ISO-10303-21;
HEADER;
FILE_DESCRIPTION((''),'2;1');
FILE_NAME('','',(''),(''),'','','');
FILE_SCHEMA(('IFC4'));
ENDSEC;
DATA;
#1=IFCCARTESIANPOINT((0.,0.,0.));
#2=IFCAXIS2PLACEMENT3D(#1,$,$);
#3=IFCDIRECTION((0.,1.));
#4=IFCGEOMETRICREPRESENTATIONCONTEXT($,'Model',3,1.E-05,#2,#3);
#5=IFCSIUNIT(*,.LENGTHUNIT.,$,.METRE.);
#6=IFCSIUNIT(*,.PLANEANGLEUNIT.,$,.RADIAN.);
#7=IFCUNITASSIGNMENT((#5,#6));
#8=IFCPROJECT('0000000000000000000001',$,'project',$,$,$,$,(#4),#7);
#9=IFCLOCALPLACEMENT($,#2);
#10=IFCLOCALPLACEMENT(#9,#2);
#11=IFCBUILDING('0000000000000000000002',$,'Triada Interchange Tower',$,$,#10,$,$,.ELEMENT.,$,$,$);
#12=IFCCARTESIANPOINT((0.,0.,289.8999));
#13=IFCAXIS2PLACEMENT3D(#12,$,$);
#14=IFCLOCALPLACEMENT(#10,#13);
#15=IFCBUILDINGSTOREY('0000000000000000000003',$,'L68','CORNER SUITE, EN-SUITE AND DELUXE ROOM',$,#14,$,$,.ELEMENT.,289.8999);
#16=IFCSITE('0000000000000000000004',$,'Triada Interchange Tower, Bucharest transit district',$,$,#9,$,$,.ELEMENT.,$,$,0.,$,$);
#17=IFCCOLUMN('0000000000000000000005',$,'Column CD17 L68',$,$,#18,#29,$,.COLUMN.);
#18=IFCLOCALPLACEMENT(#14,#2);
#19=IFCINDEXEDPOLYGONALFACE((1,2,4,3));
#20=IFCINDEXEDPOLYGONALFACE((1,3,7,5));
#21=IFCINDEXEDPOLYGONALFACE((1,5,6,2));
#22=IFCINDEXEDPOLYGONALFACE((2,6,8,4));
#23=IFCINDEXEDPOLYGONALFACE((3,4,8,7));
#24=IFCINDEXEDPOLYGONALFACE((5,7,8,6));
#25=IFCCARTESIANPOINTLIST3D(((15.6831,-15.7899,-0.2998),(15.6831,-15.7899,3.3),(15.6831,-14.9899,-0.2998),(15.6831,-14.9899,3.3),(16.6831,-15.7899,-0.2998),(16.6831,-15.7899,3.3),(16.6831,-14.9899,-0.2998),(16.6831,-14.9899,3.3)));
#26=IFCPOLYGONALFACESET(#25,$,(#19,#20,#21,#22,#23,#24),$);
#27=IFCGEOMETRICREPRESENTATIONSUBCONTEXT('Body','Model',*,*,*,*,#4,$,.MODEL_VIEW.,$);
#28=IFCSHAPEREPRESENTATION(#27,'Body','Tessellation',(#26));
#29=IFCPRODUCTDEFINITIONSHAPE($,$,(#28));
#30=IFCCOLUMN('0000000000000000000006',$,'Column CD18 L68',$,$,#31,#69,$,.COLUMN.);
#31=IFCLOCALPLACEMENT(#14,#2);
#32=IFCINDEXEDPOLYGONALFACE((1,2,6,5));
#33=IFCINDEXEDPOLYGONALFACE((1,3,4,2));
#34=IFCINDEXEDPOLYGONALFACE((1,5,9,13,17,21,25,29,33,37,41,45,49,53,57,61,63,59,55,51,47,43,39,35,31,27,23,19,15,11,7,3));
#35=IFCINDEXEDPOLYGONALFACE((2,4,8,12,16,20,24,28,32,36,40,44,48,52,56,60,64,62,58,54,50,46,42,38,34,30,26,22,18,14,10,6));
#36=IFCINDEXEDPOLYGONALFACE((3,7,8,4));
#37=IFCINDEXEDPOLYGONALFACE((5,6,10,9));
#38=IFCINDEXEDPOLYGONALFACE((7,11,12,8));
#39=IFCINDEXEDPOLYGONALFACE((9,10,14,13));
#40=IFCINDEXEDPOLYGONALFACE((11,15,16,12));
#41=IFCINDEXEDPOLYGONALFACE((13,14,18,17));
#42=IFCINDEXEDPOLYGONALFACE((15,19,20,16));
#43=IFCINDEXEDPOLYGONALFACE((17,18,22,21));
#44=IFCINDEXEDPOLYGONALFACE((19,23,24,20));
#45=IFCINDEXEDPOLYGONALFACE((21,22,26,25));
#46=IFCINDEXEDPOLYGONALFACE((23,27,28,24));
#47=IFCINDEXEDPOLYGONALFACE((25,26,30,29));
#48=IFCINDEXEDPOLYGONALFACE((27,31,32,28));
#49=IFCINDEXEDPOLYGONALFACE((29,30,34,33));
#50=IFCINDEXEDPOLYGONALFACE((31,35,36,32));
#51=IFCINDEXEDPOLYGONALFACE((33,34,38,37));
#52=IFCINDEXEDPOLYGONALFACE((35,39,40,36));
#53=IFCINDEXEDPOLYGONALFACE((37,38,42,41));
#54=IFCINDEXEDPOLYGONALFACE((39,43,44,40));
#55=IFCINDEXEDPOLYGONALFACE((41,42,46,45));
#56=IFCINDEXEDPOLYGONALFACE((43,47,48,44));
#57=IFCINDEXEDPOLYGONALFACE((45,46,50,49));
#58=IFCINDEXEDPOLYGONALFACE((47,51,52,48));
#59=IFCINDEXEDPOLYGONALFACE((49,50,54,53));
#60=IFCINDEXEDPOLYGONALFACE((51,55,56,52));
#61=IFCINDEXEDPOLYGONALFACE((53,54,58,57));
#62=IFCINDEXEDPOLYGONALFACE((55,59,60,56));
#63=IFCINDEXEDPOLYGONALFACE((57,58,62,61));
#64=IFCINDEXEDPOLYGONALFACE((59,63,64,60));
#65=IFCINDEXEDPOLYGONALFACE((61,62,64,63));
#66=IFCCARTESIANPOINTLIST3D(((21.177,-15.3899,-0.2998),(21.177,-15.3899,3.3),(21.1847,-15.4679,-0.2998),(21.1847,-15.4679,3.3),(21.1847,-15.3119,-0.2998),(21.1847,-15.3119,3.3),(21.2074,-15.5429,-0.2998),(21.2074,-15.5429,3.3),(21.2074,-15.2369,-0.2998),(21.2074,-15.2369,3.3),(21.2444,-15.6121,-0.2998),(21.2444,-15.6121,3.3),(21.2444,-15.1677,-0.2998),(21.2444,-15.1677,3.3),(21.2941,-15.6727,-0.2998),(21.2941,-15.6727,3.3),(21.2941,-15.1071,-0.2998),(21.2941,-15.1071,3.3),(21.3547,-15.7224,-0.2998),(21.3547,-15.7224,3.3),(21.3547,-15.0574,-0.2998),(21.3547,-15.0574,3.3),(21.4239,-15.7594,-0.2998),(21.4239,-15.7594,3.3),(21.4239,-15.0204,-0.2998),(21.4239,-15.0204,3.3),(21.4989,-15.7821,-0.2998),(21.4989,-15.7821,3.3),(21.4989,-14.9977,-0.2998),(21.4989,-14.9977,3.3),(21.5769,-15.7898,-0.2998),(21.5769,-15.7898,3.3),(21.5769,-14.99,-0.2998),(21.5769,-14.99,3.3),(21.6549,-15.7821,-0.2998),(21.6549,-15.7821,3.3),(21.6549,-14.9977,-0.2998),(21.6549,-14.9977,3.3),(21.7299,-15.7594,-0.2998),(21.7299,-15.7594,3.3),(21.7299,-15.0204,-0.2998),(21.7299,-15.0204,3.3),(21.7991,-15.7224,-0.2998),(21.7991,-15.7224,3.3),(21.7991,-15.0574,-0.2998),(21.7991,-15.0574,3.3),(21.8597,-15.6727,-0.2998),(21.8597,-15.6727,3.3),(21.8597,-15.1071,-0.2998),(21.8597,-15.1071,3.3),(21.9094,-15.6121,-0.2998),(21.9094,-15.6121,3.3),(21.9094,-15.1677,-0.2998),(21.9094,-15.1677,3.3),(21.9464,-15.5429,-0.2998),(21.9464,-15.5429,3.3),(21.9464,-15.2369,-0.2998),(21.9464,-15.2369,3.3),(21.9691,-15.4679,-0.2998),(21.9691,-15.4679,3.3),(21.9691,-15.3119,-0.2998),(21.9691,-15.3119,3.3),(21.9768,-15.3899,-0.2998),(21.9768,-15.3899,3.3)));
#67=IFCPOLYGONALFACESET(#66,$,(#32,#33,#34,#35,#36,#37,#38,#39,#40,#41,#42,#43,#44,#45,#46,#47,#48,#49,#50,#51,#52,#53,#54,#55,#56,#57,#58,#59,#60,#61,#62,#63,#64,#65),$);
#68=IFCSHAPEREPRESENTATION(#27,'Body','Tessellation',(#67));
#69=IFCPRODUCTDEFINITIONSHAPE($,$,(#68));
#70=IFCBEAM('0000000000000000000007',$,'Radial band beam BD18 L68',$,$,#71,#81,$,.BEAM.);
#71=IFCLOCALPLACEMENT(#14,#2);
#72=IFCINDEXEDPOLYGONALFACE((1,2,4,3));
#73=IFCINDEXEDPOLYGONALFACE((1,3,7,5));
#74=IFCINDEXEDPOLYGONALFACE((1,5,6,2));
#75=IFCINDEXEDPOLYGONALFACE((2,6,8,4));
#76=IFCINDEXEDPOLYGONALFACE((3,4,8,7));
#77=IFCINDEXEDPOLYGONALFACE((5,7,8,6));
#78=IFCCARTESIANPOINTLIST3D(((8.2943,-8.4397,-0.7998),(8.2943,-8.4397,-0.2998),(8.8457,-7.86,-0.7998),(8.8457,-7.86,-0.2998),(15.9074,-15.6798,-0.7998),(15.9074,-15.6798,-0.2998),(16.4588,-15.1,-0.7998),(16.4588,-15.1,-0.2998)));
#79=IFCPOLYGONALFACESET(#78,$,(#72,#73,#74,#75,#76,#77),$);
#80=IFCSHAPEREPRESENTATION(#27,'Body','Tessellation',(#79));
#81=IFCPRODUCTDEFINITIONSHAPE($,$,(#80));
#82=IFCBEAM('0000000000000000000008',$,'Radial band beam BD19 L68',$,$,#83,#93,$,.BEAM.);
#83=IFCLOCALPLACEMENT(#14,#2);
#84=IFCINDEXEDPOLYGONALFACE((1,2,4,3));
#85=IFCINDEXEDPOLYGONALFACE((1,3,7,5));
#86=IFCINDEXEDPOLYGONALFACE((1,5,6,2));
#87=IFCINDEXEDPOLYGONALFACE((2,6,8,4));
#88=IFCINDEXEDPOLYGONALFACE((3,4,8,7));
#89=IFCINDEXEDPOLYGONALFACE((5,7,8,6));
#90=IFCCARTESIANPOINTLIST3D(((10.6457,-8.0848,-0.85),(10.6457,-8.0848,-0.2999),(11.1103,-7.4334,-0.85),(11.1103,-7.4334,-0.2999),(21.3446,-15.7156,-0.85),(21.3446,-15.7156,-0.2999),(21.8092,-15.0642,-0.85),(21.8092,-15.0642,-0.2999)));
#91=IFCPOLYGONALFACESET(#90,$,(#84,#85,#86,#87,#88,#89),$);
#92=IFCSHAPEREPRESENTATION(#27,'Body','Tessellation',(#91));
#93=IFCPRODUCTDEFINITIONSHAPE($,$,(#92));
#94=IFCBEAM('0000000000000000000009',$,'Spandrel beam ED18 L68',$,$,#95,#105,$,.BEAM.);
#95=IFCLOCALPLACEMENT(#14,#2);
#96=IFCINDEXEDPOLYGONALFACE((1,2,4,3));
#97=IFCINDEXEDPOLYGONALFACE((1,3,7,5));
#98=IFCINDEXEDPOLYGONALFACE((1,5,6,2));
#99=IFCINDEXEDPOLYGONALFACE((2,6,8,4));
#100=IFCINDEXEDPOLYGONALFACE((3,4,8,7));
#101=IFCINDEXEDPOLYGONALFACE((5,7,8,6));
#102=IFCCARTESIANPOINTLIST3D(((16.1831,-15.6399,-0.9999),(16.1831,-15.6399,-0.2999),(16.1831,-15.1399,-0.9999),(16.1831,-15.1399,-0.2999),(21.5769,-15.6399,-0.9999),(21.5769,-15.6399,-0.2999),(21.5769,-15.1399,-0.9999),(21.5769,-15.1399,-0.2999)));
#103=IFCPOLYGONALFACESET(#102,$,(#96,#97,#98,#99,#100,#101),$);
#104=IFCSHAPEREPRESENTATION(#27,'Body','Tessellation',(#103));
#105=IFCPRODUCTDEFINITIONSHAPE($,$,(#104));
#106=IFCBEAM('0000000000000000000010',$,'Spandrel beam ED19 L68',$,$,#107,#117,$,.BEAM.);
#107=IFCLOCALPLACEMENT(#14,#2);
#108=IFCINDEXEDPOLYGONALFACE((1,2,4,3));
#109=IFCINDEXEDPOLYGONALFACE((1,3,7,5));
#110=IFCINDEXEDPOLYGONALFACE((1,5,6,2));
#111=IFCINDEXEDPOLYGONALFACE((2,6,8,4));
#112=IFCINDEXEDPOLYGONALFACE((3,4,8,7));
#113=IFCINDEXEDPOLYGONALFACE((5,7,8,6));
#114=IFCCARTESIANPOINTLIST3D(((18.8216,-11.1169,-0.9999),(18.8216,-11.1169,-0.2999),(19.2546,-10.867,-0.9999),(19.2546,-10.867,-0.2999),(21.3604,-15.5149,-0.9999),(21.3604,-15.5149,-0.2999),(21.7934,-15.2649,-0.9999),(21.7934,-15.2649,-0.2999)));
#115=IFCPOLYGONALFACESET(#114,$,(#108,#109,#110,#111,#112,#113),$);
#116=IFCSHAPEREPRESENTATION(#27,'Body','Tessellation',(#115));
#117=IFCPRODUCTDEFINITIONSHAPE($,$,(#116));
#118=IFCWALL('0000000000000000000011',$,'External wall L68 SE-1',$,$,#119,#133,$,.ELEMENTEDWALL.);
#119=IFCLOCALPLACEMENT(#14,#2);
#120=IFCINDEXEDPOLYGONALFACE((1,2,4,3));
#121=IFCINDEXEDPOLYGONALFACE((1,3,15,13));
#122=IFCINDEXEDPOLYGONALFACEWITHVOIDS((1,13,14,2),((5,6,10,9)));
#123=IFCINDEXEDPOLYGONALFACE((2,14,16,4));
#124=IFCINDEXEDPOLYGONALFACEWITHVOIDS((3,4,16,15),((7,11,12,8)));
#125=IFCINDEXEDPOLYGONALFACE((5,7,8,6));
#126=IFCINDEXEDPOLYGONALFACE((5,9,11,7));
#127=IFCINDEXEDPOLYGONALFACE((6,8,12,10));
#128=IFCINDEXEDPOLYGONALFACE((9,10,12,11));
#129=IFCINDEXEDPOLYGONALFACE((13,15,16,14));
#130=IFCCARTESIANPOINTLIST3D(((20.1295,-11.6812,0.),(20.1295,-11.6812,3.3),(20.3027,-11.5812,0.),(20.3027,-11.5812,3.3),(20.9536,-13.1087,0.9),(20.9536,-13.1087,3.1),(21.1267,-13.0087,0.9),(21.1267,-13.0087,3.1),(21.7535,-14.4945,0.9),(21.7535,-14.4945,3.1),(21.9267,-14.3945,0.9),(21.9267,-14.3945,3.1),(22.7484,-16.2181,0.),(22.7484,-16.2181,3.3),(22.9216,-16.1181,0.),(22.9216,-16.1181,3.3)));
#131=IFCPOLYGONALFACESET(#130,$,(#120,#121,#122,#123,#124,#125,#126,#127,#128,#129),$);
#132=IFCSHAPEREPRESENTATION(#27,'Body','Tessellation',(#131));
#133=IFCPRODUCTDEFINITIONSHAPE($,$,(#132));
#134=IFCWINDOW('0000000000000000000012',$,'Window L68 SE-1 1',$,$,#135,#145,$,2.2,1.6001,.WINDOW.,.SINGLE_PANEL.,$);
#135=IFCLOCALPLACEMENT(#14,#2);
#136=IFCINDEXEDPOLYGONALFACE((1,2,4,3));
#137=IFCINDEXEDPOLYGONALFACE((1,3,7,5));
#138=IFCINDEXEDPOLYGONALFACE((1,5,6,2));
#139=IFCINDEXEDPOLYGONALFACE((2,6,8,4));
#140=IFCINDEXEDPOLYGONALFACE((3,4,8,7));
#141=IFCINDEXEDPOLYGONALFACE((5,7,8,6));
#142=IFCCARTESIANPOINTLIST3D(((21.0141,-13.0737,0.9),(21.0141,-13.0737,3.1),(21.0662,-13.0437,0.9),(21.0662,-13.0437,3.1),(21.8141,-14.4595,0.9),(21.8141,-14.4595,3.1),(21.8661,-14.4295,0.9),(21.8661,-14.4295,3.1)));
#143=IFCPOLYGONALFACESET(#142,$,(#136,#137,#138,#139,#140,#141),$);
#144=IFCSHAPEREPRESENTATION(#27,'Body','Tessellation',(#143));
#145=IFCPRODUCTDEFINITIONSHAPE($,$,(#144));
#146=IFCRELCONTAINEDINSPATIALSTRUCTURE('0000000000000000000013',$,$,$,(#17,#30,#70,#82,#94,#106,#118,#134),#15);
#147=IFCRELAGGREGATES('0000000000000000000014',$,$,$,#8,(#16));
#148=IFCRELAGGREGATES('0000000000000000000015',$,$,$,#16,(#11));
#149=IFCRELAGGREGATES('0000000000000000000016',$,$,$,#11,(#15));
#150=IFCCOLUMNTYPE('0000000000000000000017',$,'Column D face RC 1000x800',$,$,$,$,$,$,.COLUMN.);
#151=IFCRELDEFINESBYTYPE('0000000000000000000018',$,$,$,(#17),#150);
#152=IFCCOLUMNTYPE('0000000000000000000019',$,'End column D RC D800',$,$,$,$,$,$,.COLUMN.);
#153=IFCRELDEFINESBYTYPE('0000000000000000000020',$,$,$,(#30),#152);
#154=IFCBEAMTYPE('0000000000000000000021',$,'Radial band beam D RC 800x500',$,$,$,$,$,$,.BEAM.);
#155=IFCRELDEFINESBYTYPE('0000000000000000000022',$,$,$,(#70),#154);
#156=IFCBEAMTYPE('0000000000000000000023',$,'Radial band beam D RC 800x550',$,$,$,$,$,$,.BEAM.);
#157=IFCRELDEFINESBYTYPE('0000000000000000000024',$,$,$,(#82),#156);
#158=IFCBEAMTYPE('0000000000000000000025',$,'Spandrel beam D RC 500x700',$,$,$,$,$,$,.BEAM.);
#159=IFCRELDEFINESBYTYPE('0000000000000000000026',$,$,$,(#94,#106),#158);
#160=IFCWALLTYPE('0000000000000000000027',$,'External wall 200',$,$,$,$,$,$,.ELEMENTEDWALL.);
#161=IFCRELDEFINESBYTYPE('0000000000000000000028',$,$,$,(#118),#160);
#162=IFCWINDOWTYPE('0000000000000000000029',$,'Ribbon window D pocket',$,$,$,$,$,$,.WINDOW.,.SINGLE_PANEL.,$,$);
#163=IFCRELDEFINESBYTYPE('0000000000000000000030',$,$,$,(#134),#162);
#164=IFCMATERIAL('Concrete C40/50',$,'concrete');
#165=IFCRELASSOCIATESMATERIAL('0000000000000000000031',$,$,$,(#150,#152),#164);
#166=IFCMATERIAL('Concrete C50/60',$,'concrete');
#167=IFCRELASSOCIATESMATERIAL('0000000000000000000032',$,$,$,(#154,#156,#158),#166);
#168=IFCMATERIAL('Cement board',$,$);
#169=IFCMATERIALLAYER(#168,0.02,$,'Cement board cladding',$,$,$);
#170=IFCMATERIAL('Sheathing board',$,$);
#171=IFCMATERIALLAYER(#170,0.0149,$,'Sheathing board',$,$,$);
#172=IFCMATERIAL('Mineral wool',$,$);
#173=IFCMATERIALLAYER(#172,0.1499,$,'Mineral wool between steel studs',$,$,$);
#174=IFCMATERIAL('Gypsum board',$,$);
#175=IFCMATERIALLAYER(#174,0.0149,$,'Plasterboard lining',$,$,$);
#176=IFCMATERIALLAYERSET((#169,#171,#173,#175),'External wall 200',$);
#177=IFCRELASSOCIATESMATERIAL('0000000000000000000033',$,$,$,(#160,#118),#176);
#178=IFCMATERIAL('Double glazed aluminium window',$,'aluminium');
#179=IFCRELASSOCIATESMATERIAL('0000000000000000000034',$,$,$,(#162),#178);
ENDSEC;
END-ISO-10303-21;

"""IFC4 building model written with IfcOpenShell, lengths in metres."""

from ifc_helpers import new_model, si_unit, direction, frame, frame_2d, origin, origin_2d, place, context, subcontext, project, spatial, rectangle, circle, extrude, material, layer, layer_set, layer_usage, material_profile, profile_set, type_object, element, fill, save


model = new_model("IFC4")

# Units and contexts
model_context = context("Model", 3, precision=1e-05, world=origin(), true_north=direction((0.0, 1.0)))
body_context = subcontext(model_context, "Body", "Model", "MODEL_VIEW")
ifc_project = project(units=[si_unit("LENGTHUNIT", "METRE"), si_unit("PLANEANGLEUNIT", "RADIAN")], contexts=[model_context])

# Site, building, storey
site_placement = place(None, origin())
site = spatial("IfcSite", under=ifc_project, at=site_placement, Name="Triada Interchange Tower, Bucharest transit district", CompositionType="ELEMENT", RefElevation=0.0)
building_placement = place(site_placement, origin())
building = spatial("IfcBuilding", under=site, at=building_placement, Name="Triada Interchange Tower", CompositionType="ELEMENT")
storey_placement = place(building_placement, frame((0.0, 0.0, 289.8999)))
storey = spatial("IfcBuildingStorey", under=building, at=storey_placement, Name="L68", Description="CORNER SUITE, EN-SUITE AND DELUXE ROOM", CompositionType="ELEMENT", Elevation=289.8999)

# Columns
ifc_material_1 = material(Name="Concrete C40/50", Category="concrete")
ifc_material_profile_1 = material_profile(ifc_material_1, rectangle(XDim=1.0, YDim=0.8, at=origin_2d()), Name="RC 1000x800")
ifc_profile_set_1 = profile_set([ifc_material_profile_1], Name="Concrete C40/50")
column_type_1 = type_object("IfcColumnType", Name="Column D face RC 1000x800", PredefinedType="COLUMN", material=ifc_profile_set_1)
column_1_placement = place(storey_placement, frame((16.1831, -15.3899, -0.2998), z_axis=(0.0, 0.0, 1.0), x_axis=(1.0, 0.0, 0.0)))
element("IfcColumn", 1, at=column_1_placement, inside=storey, type_object=column_type_1, Name="Column CD17 L68", PredefinedType="COLUMN", context=body_context, shape_type="SweptSolid", body=[
    extrude(rectangle(XDim=1.0, YDim=0.8, at=origin_2d()), origin(), (0.0, 0.0, 1.0), 3.5999),
])
ifc_material_profile_2 = material_profile(ifc_material_1, circle(Radius=0.3999, at=origin_2d()), Name="RC D800")
ifc_profile_set_2 = profile_set([ifc_material_profile_2], Name="Concrete C40/50")
column_type_2 = type_object("IfcColumnType", Name="End column D RC D800", PredefinedType="COLUMN", material=ifc_profile_set_2)
column_2_placement = place(storey_placement, frame((21.5769, -15.3899, -0.2998), z_axis=(0.0, 0.0, 1.0), x_axis=(1.0, 0.0, 0.0)))
element("IfcColumn", 2, at=column_2_placement, inside=storey, type_object=column_type_2, Name="Column CD18 L68", PredefinedType="COLUMN", context=body_context, shape_type="SweptSolid", body=[
    extrude(circle(Radius=0.3999, at=origin_2d()), origin(), (0.0, 0.0, 1.0), 3.5999),
])

# Beams
ifc_material_2 = material(Name="Concrete C50/60", Category="concrete")
ifc_material_profile_3 = material_profile(ifc_material_2, rectangle(XDim=0.8, YDim=0.5, at=origin_2d()), Name="RC 800x500")
ifc_profile_set_3 = profile_set([ifc_material_profile_3], Name="Concrete C50/60")
beam_type_1 = type_object("IfcBeamType", Name="Radial band beam D RC 800x500", PredefinedType="BEAM", material=ifc_profile_set_3)
beam_1_placement = place(storey_placement, frame((16.1831, -15.3899, -0.5498), z_axis=(-0.724638, 0.68913, 0.0), x_axis=(-0.68913, -0.724638, 0.0)))
element("IfcBeam", 3, at=beam_1_placement, inside=storey, type_object=beam_type_1, Name="Radial band beam BD18 L68", PredefinedType="BEAM", context=body_context, shape_type="SweptSolid", body=[
    extrude(rectangle(XDim=0.8, YDim=0.5, at=origin_2d()), origin(), (0.0, 0.0, 1.0), 10.5061),
])
ifc_material_profile_4 = material_profile(ifc_material_2, rectangle(XDim=0.8, YDim=0.55, at=origin_2d()), Name="RC 800x550")
ifc_profile_set_4 = profile_set([ifc_material_profile_4], Name="Concrete C50/60")
beam_type_2 = type_object("IfcBeamType", Name="Radial band beam D RC 800x550", PredefinedType="BEAM", material=ifc_profile_set_4)
beam_2_placement = place(storey_placement, frame((21.5769, -15.3899, -0.575), z_axis=(-0.814139, 0.58067, 0.0), x_axis=(-0.58067, -0.814139, 0.0)))
element("IfcBeam", 4, at=beam_2_placement, inside=storey, type_object=beam_type_2, Name="Radial band beam BD19 L68", PredefinedType="BEAM", context=body_context, shape_type="SweptSolid", body=[
    extrude(rectangle(XDim=0.8, YDim=0.55, at=origin_2d()), origin(), (0.0, 0.0, 1.0), 13.1414),
])
ifc_material_profile_5 = material_profile(ifc_material_2, rectangle(XDim=0.5, YDim=0.7, at=origin_2d()), Name="RC 500x700")
ifc_profile_set_5 = profile_set([ifc_material_profile_5], Name="Concrete C50/60")
beam_type_3 = type_object("IfcBeamType", Name="Spandrel beam D RC 500x700", PredefinedType="BEAM", material=ifc_profile_set_5)
beam_3_placement = place(storey_placement, frame((16.1831, -15.3899, -0.6499), z_axis=(1.0, 0.0, 0.0), x_axis=(0.0, 1.0, 0.0)))
element("IfcBeam", 5, at=beam_3_placement, inside=storey, type_object=beam_type_3, Name="Spandrel beam ED18 L68", PredefinedType="BEAM", context=body_context, shape_type="SweptSolid", body=[
    extrude(rectangle(XDim=0.5, YDim=0.7, at=origin_2d()), origin(), (0.0, 0.0, 1.0), 5.3938),
])
beam_4_placement = place(storey_placement, frame((21.5769, -15.3899, -0.6499), z_axis=(-0.49995, 0.866054, 0.0), x_axis=(-0.866054, -0.49995, 0.0)))
element("IfcBeam", 6, at=beam_4_placement, inside=storey, type_object=beam_type_3, Name="Spandrel beam ED19 L68", PredefinedType="BEAM", context=body_context, shape_type="SweptSolid", body=[
    extrude(rectangle(XDim=0.5, YDim=0.7, at=origin_2d()), origin(), (0.0, 0.0, 1.0), 5.0781),
])

# Wall, opening, window
ifc_material_3 = material(Name="Cement board")
ifc_layer_1 = layer(ifc_material_3, 0.02, Name="Cement board cladding")
ifc_material_4 = material(Name="Sheathing board")
ifc_layer_2 = layer(ifc_material_4, 0.0149, Name="Sheathing board")
ifc_material_5 = material(Name="Mineral wool")
ifc_layer_3 = layer(ifc_material_5, 0.1499, Name="Mineral wool between steel studs")
ifc_material_6 = material(Name="Gypsum board")
ifc_layer_4 = layer(ifc_material_6, 0.0149, Name="Plasterboard lining")
ifc_layer_set_1 = layer_set([ifc_layer_1, ifc_layer_2, ifc_layer_3, ifc_layer_4], Name="External wall 200")
ifc_layer_usage = layer_usage(ifc_layer_set_1, "AXIS2", "POSITIVE", -0.1001)
wall_type_1 = type_object("IfcWallType", Name="External wall 200", PredefinedType="ELEMENTEDWALL", material=ifc_layer_set_1)
wall_1_placement = place(storey_placement, frame((22.835, -16.168, 0.0), z_axis=(0.0, 0.0, 1.0), x_axis=(-0.499934, 0.866064, 0.0)))
wall_1 = element("IfcWall", 7, at=wall_1_placement, inside=storey, type_object=wall_type_1, material=ifc_layer_usage, Name="External wall L68 SE-1", PredefinedType="ELEMENTEDWALL", context=body_context, shape_type="SweptSolid", body=[
    extrude(rectangle(XDim=5.2385, YDim=0.2, at=frame_2d((2.6191, 0.0))), origin(), (0.0, 0.0, 1.0), 3.3),
])
opening_1_placement = place(wall_1_placement, frame((1.99, 0.0, 0.8999)))
opening_1 = element("IfcOpeningElement", 8, at=opening_1_placement, cuts=wall_1, PredefinedType="OPENING", context=body_context, shape_type="SweptSolid", body=[
    extrude(rectangle(XDim=1.6001, YDim=2.2, at=frame_2d((0.8, 1.1001))), frame((0.0, 0.1099, 0.0), z_axis=(0.0, -1.0, 0.0), x_axis=(1.0, 0.0, 0.0)), (0.0, 0.0, 1.0), 0.22),
])
ifc_material_7 = material(Name="Double glazed aluminium window", Category="aluminium")
window_type_1 = type_object("IfcWindowType", Name="Ribbon window D pocket", PartitioningType="SINGLE_PANEL", PredefinedType="WINDOW", material=ifc_material_7)
window_1_placement = place(opening_1_placement, origin())
window_1 = element("IfcWindow", 9, at=window_1_placement, inside=storey, type_object=window_type_1, Name="Window L68 SE-1 1", OverallHeight=2.2, OverallWidth=1.6001, PartitioningType="SINGLE_PANEL", PredefinedType="WINDOW", context=body_context, shape_type="SweptSolid", body=[
    extrude(rectangle(XDim=1.6001, YDim=2.2, at=frame_2d((0.8, 1.1001))), frame((0.0, 0.03, 0.0), z_axis=(0.0, -1.0, 0.0), x_axis=(1.0, 0.0, 0.0)), (0.0, 0.0, 1.0), 0.0601),
])
fill(opening_1, window_1)

save(model, "model.ifc")
